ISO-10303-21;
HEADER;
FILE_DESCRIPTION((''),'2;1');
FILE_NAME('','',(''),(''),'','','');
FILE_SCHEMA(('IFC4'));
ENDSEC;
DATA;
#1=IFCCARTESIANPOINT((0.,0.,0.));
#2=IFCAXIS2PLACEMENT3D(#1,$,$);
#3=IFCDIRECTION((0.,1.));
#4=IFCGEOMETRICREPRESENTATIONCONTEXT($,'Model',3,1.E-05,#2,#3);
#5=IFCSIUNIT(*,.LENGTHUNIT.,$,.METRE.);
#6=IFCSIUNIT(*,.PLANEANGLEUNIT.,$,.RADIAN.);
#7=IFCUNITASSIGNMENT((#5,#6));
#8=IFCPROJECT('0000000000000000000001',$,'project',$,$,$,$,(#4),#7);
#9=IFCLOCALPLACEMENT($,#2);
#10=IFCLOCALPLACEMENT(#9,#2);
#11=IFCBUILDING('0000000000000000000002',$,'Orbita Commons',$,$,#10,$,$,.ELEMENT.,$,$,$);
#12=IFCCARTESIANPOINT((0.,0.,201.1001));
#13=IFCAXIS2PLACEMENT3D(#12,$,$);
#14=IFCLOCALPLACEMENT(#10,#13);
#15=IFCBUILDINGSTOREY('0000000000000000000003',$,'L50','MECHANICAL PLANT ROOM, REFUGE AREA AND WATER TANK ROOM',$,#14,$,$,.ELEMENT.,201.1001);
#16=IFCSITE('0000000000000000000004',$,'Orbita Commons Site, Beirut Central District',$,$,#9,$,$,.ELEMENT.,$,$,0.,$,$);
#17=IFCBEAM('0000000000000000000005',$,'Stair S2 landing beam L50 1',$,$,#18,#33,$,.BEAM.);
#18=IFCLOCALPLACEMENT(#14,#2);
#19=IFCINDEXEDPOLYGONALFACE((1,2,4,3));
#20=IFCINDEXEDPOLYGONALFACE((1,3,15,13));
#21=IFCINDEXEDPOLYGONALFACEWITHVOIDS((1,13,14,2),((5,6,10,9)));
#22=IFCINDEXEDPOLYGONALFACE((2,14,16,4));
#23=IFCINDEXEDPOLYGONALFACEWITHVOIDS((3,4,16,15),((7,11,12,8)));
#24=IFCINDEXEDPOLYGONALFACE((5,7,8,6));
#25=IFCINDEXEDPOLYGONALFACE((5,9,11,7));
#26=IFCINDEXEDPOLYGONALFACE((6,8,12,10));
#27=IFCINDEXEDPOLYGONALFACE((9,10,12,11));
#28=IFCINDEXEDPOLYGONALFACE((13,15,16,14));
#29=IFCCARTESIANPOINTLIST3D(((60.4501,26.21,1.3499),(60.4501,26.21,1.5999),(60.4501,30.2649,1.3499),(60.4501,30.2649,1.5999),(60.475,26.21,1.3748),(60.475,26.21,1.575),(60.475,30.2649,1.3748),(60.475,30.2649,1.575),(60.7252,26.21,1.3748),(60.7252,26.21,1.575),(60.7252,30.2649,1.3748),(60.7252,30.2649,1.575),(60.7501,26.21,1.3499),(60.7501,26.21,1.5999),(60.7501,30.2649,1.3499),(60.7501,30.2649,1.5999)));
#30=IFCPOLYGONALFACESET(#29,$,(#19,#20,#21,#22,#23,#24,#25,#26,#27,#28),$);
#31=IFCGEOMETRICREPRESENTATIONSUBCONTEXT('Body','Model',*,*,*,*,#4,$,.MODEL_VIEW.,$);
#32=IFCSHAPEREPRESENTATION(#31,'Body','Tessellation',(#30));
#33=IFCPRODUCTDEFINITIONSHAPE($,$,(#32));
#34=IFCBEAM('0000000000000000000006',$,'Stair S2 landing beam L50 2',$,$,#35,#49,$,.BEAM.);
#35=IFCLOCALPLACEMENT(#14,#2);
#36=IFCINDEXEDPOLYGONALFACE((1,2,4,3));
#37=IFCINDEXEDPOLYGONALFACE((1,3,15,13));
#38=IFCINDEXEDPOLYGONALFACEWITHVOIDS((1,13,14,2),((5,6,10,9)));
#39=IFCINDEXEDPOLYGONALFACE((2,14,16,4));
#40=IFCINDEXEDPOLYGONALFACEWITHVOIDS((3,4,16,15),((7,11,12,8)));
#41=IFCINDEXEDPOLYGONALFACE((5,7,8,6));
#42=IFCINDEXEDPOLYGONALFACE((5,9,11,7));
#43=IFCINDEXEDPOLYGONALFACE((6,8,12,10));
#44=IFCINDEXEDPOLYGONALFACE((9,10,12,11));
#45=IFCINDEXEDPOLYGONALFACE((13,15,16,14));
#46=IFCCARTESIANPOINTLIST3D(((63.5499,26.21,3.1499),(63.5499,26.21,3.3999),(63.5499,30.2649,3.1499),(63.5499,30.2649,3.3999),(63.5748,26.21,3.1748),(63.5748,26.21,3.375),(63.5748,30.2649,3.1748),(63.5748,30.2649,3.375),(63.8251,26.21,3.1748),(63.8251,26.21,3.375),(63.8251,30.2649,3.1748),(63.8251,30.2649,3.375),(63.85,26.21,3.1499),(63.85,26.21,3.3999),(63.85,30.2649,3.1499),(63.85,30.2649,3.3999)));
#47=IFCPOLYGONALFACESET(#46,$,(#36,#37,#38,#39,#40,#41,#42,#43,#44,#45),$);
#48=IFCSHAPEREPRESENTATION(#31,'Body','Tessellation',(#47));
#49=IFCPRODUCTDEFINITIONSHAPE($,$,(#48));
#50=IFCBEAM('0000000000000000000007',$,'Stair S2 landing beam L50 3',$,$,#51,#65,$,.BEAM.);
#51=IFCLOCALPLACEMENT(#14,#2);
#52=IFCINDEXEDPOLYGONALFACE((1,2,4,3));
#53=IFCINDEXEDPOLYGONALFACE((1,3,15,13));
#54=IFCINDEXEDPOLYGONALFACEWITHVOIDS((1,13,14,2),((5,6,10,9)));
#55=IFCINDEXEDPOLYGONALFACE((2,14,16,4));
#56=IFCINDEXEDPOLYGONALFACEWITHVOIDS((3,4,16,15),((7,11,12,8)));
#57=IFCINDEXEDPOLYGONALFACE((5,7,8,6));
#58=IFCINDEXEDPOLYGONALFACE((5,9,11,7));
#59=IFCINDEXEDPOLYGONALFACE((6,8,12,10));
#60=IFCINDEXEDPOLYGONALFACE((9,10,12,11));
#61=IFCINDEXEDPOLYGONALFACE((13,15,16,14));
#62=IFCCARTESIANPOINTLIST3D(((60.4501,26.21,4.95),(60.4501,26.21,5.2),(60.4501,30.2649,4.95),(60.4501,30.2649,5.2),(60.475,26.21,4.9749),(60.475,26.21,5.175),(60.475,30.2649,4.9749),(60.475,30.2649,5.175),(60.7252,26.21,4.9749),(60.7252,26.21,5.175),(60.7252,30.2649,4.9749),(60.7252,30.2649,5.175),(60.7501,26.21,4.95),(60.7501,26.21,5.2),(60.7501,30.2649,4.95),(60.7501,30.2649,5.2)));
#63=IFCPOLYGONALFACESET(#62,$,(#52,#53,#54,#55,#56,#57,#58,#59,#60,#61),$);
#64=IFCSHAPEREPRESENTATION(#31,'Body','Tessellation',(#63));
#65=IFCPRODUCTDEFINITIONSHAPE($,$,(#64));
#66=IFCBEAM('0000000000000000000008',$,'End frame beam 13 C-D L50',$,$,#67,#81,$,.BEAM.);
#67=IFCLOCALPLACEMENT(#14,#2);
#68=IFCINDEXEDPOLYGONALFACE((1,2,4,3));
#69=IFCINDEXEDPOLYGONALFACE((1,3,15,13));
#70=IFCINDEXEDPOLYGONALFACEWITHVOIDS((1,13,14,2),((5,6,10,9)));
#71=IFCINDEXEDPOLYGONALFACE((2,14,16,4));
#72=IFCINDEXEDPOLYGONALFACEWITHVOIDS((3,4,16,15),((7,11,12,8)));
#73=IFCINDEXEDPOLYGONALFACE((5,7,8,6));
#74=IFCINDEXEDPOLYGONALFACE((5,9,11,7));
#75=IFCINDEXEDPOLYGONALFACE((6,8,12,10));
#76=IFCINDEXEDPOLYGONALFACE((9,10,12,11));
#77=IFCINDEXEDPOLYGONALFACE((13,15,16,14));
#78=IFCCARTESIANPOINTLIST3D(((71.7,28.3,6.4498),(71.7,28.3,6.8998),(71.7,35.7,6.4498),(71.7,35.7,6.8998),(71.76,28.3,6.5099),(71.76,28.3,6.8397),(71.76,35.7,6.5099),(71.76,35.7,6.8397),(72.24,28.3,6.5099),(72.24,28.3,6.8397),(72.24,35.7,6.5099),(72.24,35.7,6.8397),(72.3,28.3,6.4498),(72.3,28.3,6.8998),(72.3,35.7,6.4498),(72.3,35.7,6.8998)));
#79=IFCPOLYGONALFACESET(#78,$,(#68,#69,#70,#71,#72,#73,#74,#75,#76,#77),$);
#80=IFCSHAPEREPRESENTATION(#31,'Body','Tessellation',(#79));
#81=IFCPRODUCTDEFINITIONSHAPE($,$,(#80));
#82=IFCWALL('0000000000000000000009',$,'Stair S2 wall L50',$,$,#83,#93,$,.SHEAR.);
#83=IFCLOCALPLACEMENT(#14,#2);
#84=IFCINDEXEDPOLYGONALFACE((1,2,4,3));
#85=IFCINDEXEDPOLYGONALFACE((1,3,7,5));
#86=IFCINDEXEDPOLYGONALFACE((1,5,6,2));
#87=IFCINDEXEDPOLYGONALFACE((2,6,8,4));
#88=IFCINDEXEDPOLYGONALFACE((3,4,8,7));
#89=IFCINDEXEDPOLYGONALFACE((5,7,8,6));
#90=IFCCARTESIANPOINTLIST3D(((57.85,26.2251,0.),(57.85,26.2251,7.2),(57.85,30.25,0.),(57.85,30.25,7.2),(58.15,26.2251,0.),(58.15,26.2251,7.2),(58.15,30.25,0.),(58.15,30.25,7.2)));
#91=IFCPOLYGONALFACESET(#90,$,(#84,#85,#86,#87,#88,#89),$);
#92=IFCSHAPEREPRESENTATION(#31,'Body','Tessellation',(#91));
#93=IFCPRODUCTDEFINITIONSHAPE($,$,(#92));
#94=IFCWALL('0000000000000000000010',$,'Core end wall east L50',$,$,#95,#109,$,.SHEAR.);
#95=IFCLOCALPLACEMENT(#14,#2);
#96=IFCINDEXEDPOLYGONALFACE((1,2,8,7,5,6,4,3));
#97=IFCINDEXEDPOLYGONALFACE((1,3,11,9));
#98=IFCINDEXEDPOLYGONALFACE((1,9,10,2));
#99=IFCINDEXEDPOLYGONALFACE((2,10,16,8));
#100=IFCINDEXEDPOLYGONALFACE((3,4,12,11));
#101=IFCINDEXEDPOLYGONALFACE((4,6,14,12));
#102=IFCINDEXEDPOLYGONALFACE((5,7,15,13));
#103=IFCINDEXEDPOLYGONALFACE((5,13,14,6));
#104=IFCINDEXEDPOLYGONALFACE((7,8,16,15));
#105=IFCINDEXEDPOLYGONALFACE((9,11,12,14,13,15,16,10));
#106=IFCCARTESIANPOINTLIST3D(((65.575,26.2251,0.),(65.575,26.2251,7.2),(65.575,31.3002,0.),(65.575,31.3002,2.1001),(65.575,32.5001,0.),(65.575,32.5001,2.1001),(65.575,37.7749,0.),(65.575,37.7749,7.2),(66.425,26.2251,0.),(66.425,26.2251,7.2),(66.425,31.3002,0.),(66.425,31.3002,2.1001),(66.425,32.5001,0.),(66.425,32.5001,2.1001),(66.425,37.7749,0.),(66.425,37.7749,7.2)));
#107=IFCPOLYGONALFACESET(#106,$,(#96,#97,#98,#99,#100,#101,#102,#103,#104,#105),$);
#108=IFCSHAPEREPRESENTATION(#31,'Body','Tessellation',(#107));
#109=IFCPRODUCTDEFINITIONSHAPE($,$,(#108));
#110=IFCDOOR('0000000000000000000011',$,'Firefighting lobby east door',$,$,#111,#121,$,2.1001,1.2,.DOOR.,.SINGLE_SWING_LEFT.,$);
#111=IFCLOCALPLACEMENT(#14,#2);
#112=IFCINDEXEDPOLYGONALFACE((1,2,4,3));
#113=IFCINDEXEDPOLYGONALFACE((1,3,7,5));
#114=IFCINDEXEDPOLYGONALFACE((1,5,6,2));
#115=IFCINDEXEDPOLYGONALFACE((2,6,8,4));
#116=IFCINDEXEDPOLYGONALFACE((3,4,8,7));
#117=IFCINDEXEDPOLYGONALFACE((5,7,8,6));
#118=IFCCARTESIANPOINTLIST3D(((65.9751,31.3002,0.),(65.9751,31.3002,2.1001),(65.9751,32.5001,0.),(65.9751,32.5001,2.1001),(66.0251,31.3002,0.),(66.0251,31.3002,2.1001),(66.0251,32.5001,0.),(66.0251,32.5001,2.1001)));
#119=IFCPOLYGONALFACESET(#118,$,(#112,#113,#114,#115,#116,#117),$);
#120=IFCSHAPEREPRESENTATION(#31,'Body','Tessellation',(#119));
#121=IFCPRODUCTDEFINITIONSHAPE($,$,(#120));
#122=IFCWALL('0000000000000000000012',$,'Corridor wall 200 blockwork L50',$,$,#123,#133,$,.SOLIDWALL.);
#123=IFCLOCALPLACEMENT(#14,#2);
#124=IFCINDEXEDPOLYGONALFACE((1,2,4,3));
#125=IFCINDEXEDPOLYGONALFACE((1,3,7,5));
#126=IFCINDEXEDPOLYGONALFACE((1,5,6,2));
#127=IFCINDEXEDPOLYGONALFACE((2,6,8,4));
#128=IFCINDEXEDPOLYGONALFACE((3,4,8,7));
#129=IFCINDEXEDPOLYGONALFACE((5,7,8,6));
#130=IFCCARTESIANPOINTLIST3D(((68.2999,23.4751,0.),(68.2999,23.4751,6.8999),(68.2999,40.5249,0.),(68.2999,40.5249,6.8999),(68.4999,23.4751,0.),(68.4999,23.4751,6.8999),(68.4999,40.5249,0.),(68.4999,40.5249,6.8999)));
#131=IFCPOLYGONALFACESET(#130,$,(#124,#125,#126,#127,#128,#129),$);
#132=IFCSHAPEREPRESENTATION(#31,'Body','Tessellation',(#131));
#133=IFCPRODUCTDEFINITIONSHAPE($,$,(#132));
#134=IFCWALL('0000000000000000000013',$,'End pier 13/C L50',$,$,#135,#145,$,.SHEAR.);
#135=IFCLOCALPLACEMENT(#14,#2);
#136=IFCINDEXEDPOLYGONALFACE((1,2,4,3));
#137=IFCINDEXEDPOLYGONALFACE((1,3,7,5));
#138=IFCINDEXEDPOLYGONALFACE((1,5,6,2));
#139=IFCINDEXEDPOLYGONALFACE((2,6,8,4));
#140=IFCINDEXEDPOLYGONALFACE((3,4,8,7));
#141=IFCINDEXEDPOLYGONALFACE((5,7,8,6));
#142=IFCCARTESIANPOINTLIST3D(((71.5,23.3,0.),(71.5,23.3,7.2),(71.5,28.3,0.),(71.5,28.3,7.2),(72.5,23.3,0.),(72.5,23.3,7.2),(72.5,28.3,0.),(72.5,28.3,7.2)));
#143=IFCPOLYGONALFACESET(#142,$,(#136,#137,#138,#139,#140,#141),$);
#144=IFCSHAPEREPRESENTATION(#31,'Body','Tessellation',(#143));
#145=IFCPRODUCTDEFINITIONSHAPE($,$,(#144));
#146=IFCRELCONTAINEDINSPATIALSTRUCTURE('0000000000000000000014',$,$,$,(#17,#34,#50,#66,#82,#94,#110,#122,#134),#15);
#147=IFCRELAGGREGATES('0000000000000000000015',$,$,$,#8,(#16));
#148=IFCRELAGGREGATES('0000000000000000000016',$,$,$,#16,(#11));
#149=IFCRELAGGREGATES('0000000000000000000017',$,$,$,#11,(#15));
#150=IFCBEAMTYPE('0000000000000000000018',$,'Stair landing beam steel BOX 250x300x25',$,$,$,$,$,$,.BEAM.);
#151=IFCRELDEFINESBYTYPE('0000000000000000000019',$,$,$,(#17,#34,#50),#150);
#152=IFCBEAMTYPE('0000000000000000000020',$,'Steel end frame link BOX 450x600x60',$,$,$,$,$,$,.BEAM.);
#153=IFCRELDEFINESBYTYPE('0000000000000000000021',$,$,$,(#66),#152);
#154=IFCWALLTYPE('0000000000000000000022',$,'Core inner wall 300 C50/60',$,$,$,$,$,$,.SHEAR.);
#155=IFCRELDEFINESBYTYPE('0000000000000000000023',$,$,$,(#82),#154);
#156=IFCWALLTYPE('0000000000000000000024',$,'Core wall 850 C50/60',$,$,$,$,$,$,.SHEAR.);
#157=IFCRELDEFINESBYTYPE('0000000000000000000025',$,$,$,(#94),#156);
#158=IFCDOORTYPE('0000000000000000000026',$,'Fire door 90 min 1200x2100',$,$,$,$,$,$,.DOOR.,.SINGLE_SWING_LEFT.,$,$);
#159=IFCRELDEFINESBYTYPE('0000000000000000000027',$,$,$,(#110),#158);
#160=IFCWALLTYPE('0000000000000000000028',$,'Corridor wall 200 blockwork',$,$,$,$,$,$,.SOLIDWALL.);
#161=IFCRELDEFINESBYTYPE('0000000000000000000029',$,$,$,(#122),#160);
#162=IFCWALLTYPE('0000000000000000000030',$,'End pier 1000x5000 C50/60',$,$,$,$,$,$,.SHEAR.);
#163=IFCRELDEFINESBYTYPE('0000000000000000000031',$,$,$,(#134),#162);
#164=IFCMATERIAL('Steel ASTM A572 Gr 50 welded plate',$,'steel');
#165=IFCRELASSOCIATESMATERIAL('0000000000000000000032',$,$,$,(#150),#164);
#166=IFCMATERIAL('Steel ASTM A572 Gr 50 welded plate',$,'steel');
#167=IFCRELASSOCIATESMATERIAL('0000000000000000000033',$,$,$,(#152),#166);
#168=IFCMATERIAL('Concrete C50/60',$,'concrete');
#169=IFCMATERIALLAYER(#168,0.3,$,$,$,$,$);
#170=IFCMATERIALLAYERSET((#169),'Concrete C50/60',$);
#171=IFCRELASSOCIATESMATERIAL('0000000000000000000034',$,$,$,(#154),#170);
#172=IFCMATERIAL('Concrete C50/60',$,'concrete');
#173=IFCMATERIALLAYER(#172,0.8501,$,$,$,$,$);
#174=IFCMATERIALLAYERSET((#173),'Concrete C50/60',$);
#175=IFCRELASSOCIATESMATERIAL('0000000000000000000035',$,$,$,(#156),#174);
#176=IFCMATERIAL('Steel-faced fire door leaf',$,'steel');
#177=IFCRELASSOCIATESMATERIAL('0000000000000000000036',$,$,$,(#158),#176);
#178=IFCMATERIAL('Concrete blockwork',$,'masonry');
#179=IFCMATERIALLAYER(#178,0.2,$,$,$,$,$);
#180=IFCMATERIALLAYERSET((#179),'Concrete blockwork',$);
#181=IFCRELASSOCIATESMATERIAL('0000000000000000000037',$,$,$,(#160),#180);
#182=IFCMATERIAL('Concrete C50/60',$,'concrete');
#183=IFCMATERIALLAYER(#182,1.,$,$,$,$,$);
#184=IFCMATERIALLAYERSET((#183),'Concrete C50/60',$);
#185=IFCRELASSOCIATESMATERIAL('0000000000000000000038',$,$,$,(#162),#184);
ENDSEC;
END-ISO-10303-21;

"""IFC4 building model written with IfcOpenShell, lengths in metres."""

from ifc_helpers import new_model, si_unit, direction, frame, frame_2d, origin, origin_2d, place, context, subcontext, project, spatial, rectangle, hollow_rectangle, extrude, material, layer, layer_set, material_profile, profile_set, type_object, element, fill, save


model = new_model("IFC4")

# Units and contexts
model_context = context("Model", 3, precision=1e-05, world=origin(), true_north=direction((0.0, 1.0)))
body_context = subcontext(model_context, "Body", "Model", "MODEL_VIEW")
ifc_project = project(units=[si_unit("LENGTHUNIT", "METRE"), si_unit("PLANEANGLEUNIT", "RADIAN")], contexts=[model_context])

# Site, building, storey
site_placement = place(None, origin())
site = spatial("IfcSite", under=ifc_project, at=site_placement, Name="Orbita Commons Site, Beirut Central District", CompositionType="ELEMENT", RefElevation=0.0)
building_placement = place(site_placement, origin())
building = spatial("IfcBuilding", under=site, at=building_placement, Name="Orbita Commons", CompositionType="ELEMENT")
storey_placement = place(building_placement, frame((0.0, 0.0, 201.1001)))
storey = spatial("IfcBuildingStorey", under=building, at=storey_placement, Name="L50", Description="MECHANICAL PLANT ROOM, REFUGE AREA AND WATER TANK ROOM", CompositionType="ELEMENT", Elevation=201.1001)

# Beams
ifc_material_1 = material(Name="Steel ASTM A572 Gr 50 welded plate", Category="steel")
ifc_material_profile_1 = material_profile(ifc_material_1, hollow_rectangle(XDim=0.3, YDim=0.25, WallThickness=0.0249, at=origin_2d()), Name="BOX 250x300x25")
ifc_profile_set_1 = profile_set([ifc_material_profile_1], Name="Steel ASTM A572 Gr 50 welded plate")
beam_type_1 = type_object("IfcBeamType", Name="Stair landing beam steel BOX 250x300x25", PredefinedType="BEAM", material=ifc_profile_set_1)
for number, where, z_axis, x_axis, name in (
    (1, (60.6001, 26.21, 1.4749), (0.0, 1.0, 0.0), (-1.0, 0.0, 0.0), "Stair S2 landing beam L50 1"),
    (2, (63.7, 26.21, 3.2749), (0.0, 1.0, 0.0), (-1.0, 0.0, 0.0), "Stair S2 landing beam L50 2"),
    (3, (60.6001, 26.21, 5.075), (0.0, 1.0, 0.0), (-1.0, 0.0, 0.0), "Stair S2 landing beam L50 3"),
):
    element("IfcBeam", number, at=place(storey_placement, frame(where, z_axis=z_axis, x_axis=x_axis)), inside=storey, type_object=beam_type_1, Name=name, PredefinedType="BEAM", context=body_context, shape_type="SweptSolid", body=[
        extrude(hollow_rectangle(XDim=0.3, YDim=0.25, WallThickness=0.0249, at=origin_2d()), origin(), (0.0, 0.0, 1.0), 4.0549),
    ])
ifc_material_2 = material(Name="Steel ASTM A572 Gr 50 welded plate", Category="steel")
ifc_material_profile_2 = material_profile(ifc_material_2, hollow_rectangle(XDim=0.6001, YDim=0.45, WallThickness=0.0601, at=origin_2d()), Name="BOX 450x600x60")
ifc_profile_set_2 = profile_set([ifc_material_profile_2], Name="Steel ASTM A572 Gr 50 welded plate")
beam_type_2 = type_object("IfcBeamType", Name="Steel end frame link BOX 450x600x60", PredefinedType="BEAM", material=ifc_profile_set_2)
beam_placement = place(storey_placement, frame((72.0, 28.3, 6.6748), z_axis=(0.0, 1.0, 0.0), x_axis=(-1.0, 0.0, 0.0)))
element("IfcBeam", 4, at=beam_placement, inside=storey, type_object=beam_type_2, Name="End frame beam 13 C-D L50", PredefinedType="BEAM", context=body_context, shape_type="SweptSolid", body=[
    extrude(hollow_rectangle(XDim=0.6001, YDim=0.45, WallThickness=0.0601, at=origin_2d()), origin(), (0.0, 0.0, 1.0), 7.3999),
])

# Wall
ifc_material_3 = material(Name="Concrete C50/60", Category="concrete")
ifc_layer_1 = layer(ifc_material_3, 0.3)
ifc_layer_set_1 = layer_set([ifc_layer_1], Name="Concrete C50/60")
wall_type_1 = type_object("IfcWallType", Name="Core inner wall 300 C50/60", PredefinedType="SHEAR", material=ifc_layer_set_1)
wall_1_placement = place(storey_placement, frame((58.0, 26.2251, 0.0), z_axis=(0.0, 0.0, 1.0), x_axis=(0.0, 1.0, 0.0)))
element("IfcWall", 5, at=wall_1_placement, inside=storey, type_object=wall_type_1, Name="Stair S2 wall L50", PredefinedType="SHEAR", context=body_context, shape_type="SweptSolid", body=[
    extrude(rectangle(XDim=4.0249, YDim=0.3, at=frame_2d((2.0125, 0.0))), origin(), (0.0, 0.0, 1.0), 7.2),
])

# Wall, opening, door
ifc_material_4 = material(Name="Concrete C50/60", Category="concrete")
ifc_layer_2 = layer(ifc_material_4, 0.8501)
ifc_layer_set_2 = layer_set([ifc_layer_2], Name="Concrete C50/60")
wall_type_2 = type_object("IfcWallType", Name="Core wall 850 C50/60", PredefinedType="SHEAR", material=ifc_layer_set_2)
wall_2_placement = place(storey_placement, frame((66.0, 26.2251, 0.0), z_axis=(0.0, 0.0, 1.0), x_axis=(0.0, 1.0, 0.0)))
wall_2 = element("IfcWall", 6, at=wall_2_placement, inside=storey, type_object=wall_type_2, Name="Core end wall east L50", PredefinedType="SHEAR", context=body_context, shape_type="SweptSolid", body=[
    extrude(rectangle(XDim=11.5498, YDim=0.8501, at=frame_2d((5.7749, 0.0))), origin(), (0.0, 0.0, 1.0), 7.2),
])
opening_1_placement = place(wall_2_placement, frame((5.075, 0.0, 0.0)))
opening_1 = element("IfcOpeningElement", 7, at=opening_1_placement, cuts=wall_2, PredefinedType="OPENING", context=body_context, shape_type="SweptSolid", body=[
    extrude(rectangle(XDim=1.2, YDim=2.1001, at=frame_2d((0.6001, 1.05))), frame((0.0, 0.4351, 0.0), z_axis=(0.0, -1.0, 0.0), x_axis=(1.0, 0.0, 0.0)), (0.0, 0.0, 1.0), 0.8701),
])
ifc_material_5 = material(Name="Steel-faced fire door leaf", Category="steel")
door_type = type_object("IfcDoorType", Name="Fire door 90 min 1200x2100", OperationType="SINGLE_SWING_LEFT", PredefinedType="DOOR", material=ifc_material_5)
door_1_placement = place(opening_1_placement, origin())
door_1 = element("IfcDoor", 8, at=door_1_placement, inside=storey, type_object=door_type, Name="Firefighting lobby east door", OperationType="SINGLE_SWING_LEFT", OverallHeight=2.1001, OverallWidth=1.2, PredefinedType="DOOR", context=body_context, shape_type="SweptSolid", body=[
    extrude(rectangle(XDim=1.2, YDim=2.1001, at=frame_2d((0.6001, 1.05))), frame((0.0, 0.0249, 0.0), z_axis=(0.0, -1.0, 0.0), x_axis=(1.0, 0.0, 0.0)), (0.0, 0.0, 1.0), 0.05),
])
fill(opening_1, door_1)

# Shared definitions
ifc_material_6 = material(Name="Concrete blockwork", Category="masonry")
ifc_layer_3 = layer(ifc_material_6, 0.2)
ifc_layer_set_3 = layer_set([ifc_layer_3], Name="Concrete blockwork")
wall_type_3 = type_object("IfcWallType", Name="Corridor wall 200 blockwork", PredefinedType="SOLIDWALL", material=ifc_layer_set_3)

# Walls
wall_3_placement = place(storey_placement, frame((68.3999, 23.4751, 0.0), z_axis=(0.0, 0.0, 1.0), x_axis=(0.0, 1.0, 0.0)))
element("IfcWall", 9, at=wall_3_placement, inside=storey, type_object=wall_type_3, Name="Corridor wall 200 blockwork L50", PredefinedType="SOLIDWALL", context=body_context, shape_type="SweptSolid", body=[
    extrude(rectangle(XDim=17.0498, YDim=0.2, at=frame_2d((8.5249, 0.0))), origin(), (0.0, 0.0, 1.0), 6.8999),
])
ifc_material_7 = material(Name="Concrete C50/60", Category="concrete")
ifc_layer_4 = layer(ifc_material_7, 1.0)
ifc_layer_set_4 = layer_set([ifc_layer_4], Name="Concrete C50/60")
wall_type_4 = type_object("IfcWallType", Name="End pier 1000x5000 C50/60", PredefinedType="SHEAR", material=ifc_layer_set_4)
wall_4_placement = place(storey_placement, frame((72.0, 23.3, 0.0), z_axis=(0.0, 0.0, 1.0), x_axis=(0.0, 1.0, 0.0)))
element("IfcWall", 10, at=wall_4_placement, inside=storey, type_object=wall_type_4, Name="End pier 13/C L50", PredefinedType="SHEAR", context=body_context, shape_type="SweptSolid", body=[
    extrude(rectangle(XDim=5.0, YDim=1.0, at=frame_2d((2.5, 0.0))), origin(), (0.0, 0.0, 1.0), 7.2),
])

save(model, "model.ifc")
